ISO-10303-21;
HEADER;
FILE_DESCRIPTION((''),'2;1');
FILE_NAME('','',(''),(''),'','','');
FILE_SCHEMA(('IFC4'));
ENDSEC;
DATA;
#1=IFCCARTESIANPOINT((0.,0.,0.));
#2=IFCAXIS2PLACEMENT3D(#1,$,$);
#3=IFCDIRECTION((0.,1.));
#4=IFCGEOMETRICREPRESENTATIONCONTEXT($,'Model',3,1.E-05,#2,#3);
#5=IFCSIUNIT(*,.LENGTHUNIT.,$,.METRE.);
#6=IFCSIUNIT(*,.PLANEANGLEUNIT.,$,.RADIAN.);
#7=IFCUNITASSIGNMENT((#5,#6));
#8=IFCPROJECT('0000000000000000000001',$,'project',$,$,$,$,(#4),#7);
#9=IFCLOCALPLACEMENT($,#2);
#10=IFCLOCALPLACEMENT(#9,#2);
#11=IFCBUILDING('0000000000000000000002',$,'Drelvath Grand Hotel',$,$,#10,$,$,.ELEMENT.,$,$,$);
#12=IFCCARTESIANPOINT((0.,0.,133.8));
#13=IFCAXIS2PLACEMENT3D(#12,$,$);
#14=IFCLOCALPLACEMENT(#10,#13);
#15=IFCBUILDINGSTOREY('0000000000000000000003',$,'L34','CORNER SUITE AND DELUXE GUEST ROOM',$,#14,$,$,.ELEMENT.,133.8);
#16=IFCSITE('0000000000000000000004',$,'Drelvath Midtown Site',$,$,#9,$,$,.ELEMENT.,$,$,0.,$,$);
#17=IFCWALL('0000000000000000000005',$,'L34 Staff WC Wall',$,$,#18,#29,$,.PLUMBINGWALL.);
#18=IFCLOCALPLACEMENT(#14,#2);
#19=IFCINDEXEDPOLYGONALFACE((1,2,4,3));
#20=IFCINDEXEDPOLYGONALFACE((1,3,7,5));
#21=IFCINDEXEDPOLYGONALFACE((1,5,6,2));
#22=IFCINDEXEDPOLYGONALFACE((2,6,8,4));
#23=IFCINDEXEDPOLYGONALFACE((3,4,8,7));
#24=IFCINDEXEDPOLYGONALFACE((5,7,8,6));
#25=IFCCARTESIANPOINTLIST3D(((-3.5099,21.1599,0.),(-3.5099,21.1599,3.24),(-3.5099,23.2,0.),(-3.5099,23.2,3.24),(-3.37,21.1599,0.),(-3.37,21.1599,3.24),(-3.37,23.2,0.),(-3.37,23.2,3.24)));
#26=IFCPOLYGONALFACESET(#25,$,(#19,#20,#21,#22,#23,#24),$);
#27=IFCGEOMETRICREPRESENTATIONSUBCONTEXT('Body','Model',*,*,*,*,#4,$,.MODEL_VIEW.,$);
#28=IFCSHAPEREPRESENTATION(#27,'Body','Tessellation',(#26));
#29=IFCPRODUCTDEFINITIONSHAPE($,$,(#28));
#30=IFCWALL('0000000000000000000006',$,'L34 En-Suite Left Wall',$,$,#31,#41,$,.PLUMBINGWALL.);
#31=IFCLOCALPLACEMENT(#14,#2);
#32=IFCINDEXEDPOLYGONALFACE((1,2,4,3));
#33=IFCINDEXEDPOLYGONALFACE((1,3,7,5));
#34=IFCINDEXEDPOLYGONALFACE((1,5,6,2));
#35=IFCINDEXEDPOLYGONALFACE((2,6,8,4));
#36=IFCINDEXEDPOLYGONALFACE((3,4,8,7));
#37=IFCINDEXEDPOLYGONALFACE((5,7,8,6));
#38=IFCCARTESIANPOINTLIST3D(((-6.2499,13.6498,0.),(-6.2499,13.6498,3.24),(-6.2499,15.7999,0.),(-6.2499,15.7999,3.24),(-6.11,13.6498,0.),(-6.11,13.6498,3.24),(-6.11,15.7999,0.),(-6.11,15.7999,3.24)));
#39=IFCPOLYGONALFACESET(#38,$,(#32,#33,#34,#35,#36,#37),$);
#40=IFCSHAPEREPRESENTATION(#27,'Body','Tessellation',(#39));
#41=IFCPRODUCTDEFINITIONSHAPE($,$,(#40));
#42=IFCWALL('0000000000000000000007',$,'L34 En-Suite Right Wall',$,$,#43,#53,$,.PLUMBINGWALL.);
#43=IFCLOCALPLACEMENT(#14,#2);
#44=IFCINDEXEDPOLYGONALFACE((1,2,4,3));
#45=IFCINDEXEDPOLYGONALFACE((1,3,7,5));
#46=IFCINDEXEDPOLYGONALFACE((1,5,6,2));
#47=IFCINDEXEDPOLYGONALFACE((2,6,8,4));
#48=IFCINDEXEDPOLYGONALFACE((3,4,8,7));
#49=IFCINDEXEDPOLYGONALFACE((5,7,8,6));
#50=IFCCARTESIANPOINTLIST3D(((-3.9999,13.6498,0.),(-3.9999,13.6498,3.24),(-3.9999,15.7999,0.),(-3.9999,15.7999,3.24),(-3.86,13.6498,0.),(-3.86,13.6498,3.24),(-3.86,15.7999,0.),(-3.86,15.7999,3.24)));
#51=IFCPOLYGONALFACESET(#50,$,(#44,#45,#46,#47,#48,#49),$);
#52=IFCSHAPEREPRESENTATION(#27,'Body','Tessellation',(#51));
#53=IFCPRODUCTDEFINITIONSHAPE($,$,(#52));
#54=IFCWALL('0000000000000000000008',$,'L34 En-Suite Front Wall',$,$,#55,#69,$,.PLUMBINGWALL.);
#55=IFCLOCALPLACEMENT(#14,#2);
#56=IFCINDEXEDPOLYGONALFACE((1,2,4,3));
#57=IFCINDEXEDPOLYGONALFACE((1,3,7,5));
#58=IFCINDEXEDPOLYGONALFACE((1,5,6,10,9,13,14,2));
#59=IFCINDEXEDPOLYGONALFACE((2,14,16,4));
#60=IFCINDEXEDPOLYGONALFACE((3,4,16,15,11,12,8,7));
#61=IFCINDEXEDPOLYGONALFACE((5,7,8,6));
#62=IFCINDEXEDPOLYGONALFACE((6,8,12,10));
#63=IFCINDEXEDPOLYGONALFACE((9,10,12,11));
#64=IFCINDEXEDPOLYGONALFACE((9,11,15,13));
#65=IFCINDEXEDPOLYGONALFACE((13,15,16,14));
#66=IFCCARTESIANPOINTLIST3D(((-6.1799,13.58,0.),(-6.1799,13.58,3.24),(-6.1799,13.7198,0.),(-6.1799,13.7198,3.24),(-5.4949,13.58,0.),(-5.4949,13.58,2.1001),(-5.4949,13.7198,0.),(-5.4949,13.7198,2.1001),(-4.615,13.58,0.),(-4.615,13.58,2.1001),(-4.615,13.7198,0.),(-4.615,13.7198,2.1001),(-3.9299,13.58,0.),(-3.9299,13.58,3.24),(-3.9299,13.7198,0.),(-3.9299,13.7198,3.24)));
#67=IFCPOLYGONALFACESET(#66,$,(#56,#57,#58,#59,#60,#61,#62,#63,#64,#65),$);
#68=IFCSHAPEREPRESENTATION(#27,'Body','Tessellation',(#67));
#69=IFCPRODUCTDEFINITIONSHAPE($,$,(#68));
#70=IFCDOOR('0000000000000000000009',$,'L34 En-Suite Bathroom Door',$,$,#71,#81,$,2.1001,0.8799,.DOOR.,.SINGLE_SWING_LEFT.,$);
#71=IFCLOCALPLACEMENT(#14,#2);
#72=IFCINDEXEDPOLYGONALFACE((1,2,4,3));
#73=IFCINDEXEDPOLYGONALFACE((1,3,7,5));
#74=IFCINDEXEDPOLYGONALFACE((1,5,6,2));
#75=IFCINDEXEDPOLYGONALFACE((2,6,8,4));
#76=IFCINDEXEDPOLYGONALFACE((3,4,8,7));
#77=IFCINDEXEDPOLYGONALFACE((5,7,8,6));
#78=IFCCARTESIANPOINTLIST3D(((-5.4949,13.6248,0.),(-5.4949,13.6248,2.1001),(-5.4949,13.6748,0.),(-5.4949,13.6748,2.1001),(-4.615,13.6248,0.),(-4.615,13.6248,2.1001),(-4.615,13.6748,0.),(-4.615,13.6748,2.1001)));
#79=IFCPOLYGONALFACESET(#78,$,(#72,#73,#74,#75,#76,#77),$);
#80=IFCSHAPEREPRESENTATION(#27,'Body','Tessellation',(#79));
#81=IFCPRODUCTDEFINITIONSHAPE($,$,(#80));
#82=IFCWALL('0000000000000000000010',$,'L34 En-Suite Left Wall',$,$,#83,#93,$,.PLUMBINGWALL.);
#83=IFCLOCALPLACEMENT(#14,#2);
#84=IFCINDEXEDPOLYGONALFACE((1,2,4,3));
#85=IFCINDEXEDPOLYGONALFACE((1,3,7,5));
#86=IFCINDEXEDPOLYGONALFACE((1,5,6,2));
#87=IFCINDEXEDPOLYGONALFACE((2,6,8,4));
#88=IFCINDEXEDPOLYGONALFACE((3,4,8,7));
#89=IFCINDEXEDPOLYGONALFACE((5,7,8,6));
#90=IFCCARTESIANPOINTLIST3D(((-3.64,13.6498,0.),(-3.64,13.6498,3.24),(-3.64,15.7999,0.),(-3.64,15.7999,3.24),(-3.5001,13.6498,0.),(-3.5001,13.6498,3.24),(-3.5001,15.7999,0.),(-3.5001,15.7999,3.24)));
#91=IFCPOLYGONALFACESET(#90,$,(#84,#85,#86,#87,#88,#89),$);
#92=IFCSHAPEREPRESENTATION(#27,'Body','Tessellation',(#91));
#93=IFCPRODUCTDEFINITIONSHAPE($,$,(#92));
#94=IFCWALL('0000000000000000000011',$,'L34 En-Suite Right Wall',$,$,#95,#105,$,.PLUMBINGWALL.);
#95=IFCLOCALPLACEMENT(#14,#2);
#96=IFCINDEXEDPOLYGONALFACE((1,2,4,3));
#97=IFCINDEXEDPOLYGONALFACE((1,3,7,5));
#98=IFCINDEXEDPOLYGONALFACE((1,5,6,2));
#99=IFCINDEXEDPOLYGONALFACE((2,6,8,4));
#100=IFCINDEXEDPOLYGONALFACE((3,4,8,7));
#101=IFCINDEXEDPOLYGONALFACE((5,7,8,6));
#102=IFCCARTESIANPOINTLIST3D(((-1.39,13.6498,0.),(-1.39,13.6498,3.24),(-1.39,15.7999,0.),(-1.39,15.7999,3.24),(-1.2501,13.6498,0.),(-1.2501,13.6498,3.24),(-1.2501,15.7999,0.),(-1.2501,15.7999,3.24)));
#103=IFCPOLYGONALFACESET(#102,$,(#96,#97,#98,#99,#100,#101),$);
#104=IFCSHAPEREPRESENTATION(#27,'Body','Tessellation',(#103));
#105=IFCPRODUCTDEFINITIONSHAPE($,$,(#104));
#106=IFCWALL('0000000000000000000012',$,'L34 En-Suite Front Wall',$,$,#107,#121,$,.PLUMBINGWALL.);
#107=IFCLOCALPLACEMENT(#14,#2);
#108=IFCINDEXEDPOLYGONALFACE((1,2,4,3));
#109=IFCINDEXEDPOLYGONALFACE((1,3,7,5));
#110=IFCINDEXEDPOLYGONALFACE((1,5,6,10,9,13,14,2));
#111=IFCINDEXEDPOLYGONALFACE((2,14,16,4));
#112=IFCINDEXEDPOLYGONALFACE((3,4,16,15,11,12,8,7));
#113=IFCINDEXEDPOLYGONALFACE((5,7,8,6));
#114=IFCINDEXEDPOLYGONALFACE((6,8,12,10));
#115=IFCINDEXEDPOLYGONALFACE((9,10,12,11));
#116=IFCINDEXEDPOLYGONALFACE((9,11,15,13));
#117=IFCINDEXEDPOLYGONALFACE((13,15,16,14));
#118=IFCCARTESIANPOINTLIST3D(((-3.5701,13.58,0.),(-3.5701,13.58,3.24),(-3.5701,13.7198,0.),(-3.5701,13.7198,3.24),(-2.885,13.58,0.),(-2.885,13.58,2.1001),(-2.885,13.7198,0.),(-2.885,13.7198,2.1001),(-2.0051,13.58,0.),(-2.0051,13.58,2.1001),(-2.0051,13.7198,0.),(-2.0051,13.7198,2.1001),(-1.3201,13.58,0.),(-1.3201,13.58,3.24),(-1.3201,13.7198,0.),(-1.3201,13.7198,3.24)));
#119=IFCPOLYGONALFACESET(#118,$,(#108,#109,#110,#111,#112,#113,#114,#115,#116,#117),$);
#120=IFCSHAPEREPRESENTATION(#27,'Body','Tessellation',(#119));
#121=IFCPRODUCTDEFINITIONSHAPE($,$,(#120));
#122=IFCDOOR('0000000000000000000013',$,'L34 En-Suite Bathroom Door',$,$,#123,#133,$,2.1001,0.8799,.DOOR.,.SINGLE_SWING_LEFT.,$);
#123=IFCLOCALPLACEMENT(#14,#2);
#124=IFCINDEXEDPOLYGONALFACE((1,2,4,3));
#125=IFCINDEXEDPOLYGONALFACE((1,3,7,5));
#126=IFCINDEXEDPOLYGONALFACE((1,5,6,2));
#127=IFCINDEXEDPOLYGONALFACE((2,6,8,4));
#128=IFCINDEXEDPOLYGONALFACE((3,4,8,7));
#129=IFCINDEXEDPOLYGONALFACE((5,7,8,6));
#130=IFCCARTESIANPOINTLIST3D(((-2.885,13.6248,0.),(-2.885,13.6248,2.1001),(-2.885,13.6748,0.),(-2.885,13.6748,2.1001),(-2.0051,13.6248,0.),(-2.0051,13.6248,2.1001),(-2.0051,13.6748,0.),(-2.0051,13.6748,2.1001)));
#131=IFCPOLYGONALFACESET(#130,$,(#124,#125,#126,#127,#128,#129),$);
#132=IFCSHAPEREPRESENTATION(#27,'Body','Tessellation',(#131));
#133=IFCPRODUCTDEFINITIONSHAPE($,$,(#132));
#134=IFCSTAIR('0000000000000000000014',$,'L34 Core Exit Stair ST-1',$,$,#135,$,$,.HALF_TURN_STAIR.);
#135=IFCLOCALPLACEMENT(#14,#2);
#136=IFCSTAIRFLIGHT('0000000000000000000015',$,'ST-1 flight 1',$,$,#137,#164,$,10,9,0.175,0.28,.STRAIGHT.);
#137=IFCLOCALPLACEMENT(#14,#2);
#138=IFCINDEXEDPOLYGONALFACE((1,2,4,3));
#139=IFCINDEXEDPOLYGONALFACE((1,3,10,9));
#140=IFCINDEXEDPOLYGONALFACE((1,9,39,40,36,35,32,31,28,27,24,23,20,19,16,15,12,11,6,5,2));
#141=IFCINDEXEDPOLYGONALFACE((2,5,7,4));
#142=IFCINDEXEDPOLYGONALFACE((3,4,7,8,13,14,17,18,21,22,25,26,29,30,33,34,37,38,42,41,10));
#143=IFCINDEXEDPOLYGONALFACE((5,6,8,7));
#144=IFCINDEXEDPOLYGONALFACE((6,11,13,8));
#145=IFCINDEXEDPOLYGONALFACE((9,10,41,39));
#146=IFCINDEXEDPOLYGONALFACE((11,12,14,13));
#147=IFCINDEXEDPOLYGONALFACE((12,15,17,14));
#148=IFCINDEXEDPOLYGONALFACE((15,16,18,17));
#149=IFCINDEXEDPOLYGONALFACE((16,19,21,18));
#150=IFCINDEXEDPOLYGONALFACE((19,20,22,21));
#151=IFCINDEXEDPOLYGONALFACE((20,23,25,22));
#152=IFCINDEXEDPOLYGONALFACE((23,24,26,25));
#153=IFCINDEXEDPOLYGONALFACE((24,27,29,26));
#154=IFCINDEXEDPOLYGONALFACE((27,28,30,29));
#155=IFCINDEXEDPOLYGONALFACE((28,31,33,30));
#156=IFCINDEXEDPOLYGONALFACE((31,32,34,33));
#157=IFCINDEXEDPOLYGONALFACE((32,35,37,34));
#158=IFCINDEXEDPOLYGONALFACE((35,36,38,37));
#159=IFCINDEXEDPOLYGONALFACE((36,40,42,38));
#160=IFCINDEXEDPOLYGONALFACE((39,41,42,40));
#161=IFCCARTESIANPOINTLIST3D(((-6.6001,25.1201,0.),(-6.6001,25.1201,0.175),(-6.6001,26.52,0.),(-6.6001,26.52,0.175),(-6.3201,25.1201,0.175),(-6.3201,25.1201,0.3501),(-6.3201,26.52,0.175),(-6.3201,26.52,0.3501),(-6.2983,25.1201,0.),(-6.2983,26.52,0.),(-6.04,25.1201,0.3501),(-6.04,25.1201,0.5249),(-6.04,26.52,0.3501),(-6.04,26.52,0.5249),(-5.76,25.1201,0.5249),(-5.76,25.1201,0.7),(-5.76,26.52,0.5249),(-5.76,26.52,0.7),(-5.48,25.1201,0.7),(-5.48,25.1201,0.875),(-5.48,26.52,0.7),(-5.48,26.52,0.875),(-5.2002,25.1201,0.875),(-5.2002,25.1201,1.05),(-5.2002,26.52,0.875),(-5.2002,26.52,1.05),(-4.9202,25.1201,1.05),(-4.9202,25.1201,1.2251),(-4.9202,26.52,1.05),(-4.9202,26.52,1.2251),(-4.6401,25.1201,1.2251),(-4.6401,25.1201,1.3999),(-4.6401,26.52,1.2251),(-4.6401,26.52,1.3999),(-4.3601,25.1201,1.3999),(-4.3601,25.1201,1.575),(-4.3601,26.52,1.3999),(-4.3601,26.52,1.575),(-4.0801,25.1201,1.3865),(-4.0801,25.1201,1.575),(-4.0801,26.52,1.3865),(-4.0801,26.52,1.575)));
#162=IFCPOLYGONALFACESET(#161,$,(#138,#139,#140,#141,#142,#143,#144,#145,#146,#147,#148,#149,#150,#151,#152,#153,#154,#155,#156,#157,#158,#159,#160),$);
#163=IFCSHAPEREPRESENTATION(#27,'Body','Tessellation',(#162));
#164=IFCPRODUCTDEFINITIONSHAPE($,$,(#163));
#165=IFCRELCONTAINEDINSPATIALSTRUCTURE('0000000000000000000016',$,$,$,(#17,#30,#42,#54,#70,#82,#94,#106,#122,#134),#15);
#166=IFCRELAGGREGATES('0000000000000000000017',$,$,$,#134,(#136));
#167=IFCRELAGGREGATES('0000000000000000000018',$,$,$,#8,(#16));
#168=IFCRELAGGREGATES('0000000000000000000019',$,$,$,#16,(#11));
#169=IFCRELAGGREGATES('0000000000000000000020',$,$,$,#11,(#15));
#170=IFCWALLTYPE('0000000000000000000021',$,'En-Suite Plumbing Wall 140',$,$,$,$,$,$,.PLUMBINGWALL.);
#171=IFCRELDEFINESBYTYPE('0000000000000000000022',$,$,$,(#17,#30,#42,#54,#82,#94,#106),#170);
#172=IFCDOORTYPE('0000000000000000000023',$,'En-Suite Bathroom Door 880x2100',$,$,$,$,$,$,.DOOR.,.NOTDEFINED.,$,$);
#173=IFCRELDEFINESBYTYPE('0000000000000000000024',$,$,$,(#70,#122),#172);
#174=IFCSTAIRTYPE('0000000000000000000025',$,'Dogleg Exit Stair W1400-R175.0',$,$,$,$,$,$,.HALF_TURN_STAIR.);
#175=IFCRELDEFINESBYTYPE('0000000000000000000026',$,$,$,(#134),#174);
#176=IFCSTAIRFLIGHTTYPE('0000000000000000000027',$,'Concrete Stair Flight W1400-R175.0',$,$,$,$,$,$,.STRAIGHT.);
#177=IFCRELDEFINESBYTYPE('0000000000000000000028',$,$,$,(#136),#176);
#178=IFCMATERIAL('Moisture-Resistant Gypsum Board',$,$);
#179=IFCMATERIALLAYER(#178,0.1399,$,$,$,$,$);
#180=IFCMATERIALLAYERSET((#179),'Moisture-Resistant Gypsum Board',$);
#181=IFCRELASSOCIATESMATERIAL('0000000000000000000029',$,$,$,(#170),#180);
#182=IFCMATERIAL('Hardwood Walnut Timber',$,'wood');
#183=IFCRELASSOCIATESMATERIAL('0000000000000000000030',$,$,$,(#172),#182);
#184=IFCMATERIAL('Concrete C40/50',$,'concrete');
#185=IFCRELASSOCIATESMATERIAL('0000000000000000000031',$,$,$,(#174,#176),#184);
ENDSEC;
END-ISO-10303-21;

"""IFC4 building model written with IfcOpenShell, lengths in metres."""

from ifc_helpers import new_model, si_unit, direction, frame, frame_2d, origin, place, context, subcontext, project, spatial, polyline, rectangle, outline, extrude, material, layer, layer_set, type_object, element, fill, aggregate, save


model = new_model("IFC4")

# Units and contexts
model_context = context("Model", 3, precision=1e-05, world=origin(), true_north=direction((0.0, 1.0)))
body_context = subcontext(model_context, "Body", "Model", "MODEL_VIEW")
ifc_project = project(units=[si_unit("LENGTHUNIT", "METRE"), si_unit("PLANEANGLEUNIT", "RADIAN")], contexts=[model_context])

# Site, building, storey
site_placement = place(None, origin())
site = spatial("IfcSite", under=ifc_project, at=site_placement, Name="Drelvath Midtown Site", CompositionType="ELEMENT", RefElevation=0.0)
building_placement = place(site_placement, origin())
building = spatial("IfcBuilding", under=site, at=building_placement, Name="Drelvath Grand Hotel", CompositionType="ELEMENT")
storey_placement = place(building_placement, frame((0.0, 0.0, 133.8)))
storey = spatial("IfcBuildingStorey", under=building, at=storey_placement, Name="L34", Description="CORNER SUITE AND DELUXE GUEST ROOM", CompositionType="ELEMENT", Elevation=133.8)

# Walls
ifc_material_1 = material(Name="Moisture-Resistant Gypsum Board")
ifc_layer = layer(ifc_material_1, 0.1399)
ifc_layer_set = layer_set([ifc_layer], Name="Moisture-Resistant Gypsum Board")
wall_type = type_object("IfcWallType", Name="En-Suite Plumbing Wall 140", PredefinedType="PLUMBINGWALL", material=ifc_layer_set)
wall_1_placement = place(storey_placement, frame((-3.4399, 21.1599, 0.0), z_axis=(0.0, 0.0, 1.0), x_axis=(0.0, 1.0, 0.0)))
element("IfcWall", 1, at=wall_1_placement, inside=storey, type_object=wall_type, Name="L34 Staff WC Wall", PredefinedType="PLUMBINGWALL", context=body_context, shape_type="SweptSolid", body=[
    extrude(rectangle(XDim=2.04, YDim=0.1399, at=frame_2d((1.02, 0.0))), origin(), (0.0, 0.0, 1.0), 3.24),
])
for number, where, z_axis, x_axis, name in (
    (2, (-6.1799, 15.8, 0.0), (0.0, 0.0, 1.0), (0.0, -1.0, 0.0), "L34 En-Suite Left Wall"),
    (3, (-3.9299, 15.8, 0.0), (0.0, 0.0, 1.0), (0.0, -1.0, 0.0), "L34 En-Suite Right Wall"),
):
    element("IfcWall", number, at=place(storey_placement, frame(where, z_axis=z_axis, x_axis=x_axis)), inside=storey, type_object=wall_type, Name=name, PredefinedType="PLUMBINGWALL", context=body_context, shape_type="SweptSolid", body=[
        extrude(rectangle(XDim=2.1501, YDim=0.1399, at=frame_2d((1.0752, 0.0))), origin(), (0.0, 0.0, 1.0), 3.24),
    ])

# Wall, opening, door
wall_2_placement = place(storey_placement, frame((-6.1799, 13.6499, 0.0), z_axis=(0.0, 0.0, 1.0), x_axis=(1.0, 0.0, 0.0)))
wall_2 = element("IfcWall", 4, at=wall_2_placement, inside=storey, type_object=wall_type, Name="L34 En-Suite Front Wall", PredefinedType="PLUMBINGWALL", context=body_context, shape_type="SweptSolid", body=[
    extrude(rectangle(XDim=2.25, YDim=0.1399, at=frame_2d((1.125, 0.0))), origin(), (0.0, 0.0, 1.0), 3.24),
])
opening_1_placement = place(wall_2_placement, frame((0.6851, 0.0, 0.0)))
opening_1 = element("IfcOpeningElement", 5, at=opening_1_placement, cuts=wall_2, PredefinedType="OPENING", context=body_context, shape_type="SweptSolid", body=[
    extrude(rectangle(XDim=0.8799, YDim=2.1001, at=frame_2d((0.4399, 1.05))), frame((0.0, 0.0798, 0.0), z_axis=(0.0, -1.0, 0.0), x_axis=(1.0, 0.0, 0.0)), (0.0, 0.0, 1.0), 0.1599),
])
ifc_material_2 = material(Name="Hardwood Walnut Timber", Category="wood")
door_type = type_object("IfcDoorType", Name="En-Suite Bathroom Door 880x2100", OperationType="NOTDEFINED", PredefinedType="DOOR", material=ifc_material_2)
door_1_placement = place(opening_1_placement, origin())
door_1 = element("IfcDoor", 6, at=door_1_placement, inside=storey, type_object=door_type, Name="L34 En-Suite Bathroom Door", OperationType="SINGLE_SWING_LEFT", OverallHeight=2.1001, OverallWidth=0.8799, PredefinedType="DOOR", context=body_context, shape_type="SweptSolid", body=[
    extrude(rectangle(XDim=0.8799, YDim=2.1001, at=frame_2d((0.4399, 1.05))), frame((0.0, 0.0249, 0.0), z_axis=(0.0, -1.0, 0.0), x_axis=(1.0, 0.0, 0.0)), (0.0, 0.0, 1.0), 0.05),
])
fill(opening_1, door_1)

# Walls
for number, where, z_axis, x_axis, name in (
    (7, (-3.5701, 15.8, 0.0), (0.0, 0.0, 1.0), (0.0, -1.0, 0.0), "L34 En-Suite Left Wall"),
    (8, (-1.3201, 15.8, 0.0), (0.0, 0.0, 1.0), (0.0, -1.0, 0.0), "L34 En-Suite Right Wall"),
):
    element("IfcWall", number, at=place(storey_placement, frame(where, z_axis=z_axis, x_axis=x_axis)), inside=storey, type_object=wall_type, Name=name, PredefinedType="PLUMBINGWALL", context=body_context, shape_type="SweptSolid", body=[
        extrude(rectangle(XDim=2.1501, YDim=0.1399, at=frame_2d((1.0752, 0.0))), origin(), (0.0, 0.0, 1.0), 3.24),
    ])

# Wall, opening, door
wall_3_placement = place(storey_placement, frame((-3.5701, 13.6499, 0.0), z_axis=(0.0, 0.0, 1.0), x_axis=(1.0, 0.0, 0.0)))
wall_3 = element("IfcWall", 9, at=wall_3_placement, inside=storey, type_object=wall_type, Name="L34 En-Suite Front Wall", PredefinedType="PLUMBINGWALL", context=body_context, shape_type="SweptSolid", body=[
    extrude(rectangle(XDim=2.25, YDim=0.1399, at=frame_2d((1.125, 0.0))), origin(), (0.0, 0.0, 1.0), 3.24),
])
opening_2_placement = place(wall_3_placement, frame((0.6851, 0.0, 0.0)))
opening_2 = element("IfcOpeningElement", 10, at=opening_2_placement, cuts=wall_3, PredefinedType="OPENING", context=body_context, shape_type="SweptSolid", body=[
    extrude(rectangle(XDim=0.8799, YDim=2.1001, at=frame_2d((0.4399, 1.05))), frame((0.0, 0.0798, 0.0), z_axis=(0.0, -1.0, 0.0), x_axis=(1.0, 0.0, 0.0)), (0.0, 0.0, 1.0), 0.1599),
])
door_2_placement = place(opening_2_placement, origin())
door_2 = element("IfcDoor", 11, at=door_2_placement, inside=storey, type_object=door_type, Name="L34 En-Suite Bathroom Door", OperationType="SINGLE_SWING_LEFT", OverallHeight=2.1001, OverallWidth=0.8799, PredefinedType="DOOR", context=body_context, shape_type="SweptSolid", body=[
    extrude(rectangle(XDim=0.8799, YDim=2.1001, at=frame_2d((0.4399, 1.05))), frame((0.0, 0.0249, 0.0), z_axis=(0.0, -1.0, 0.0), x_axis=(1.0, 0.0, 0.0)), (0.0, 0.0, 1.0), 0.05),
])
fill(opening_2, door_2)

# Stair, stair flight
ifc_material_3 = material(Name="Concrete C40/50", Category="concrete")
stair_type = type_object("IfcStairType", Name="Dogleg Exit Stair W1400-R175.0", PredefinedType="HALF_TURN_STAIR", material=ifc_material_3)
stair_placement = place(storey_placement, origin())
stair = element("IfcStair", 12, at=stair_placement, inside=storey, type_object=stair_type, Name="L34 Core Exit Stair ST-1", PredefinedType="HALF_TURN_STAIR")
stair_flight_type = type_object("IfcStairFlightType", Name="Concrete Stair Flight W1400-R175.0", PredefinedType="STRAIGHT", material=ifc_material_3)
stair_flight_placement = place(storey_placement, frame((-6.6001, 25.8201, 0.0), z_axis=(0.0, 0.0, 1.0), x_axis=(1.0, 0.0, 0.0)))
stair_flight = element("IfcStairFlight", 13, at=stair_flight_placement, type_object=stair_flight_type, Name="ST-1 flight 1", NumberOfRisers=10, NumberOfTreads=9, PredefinedType="STRAIGHT", RiserHeight=0.175, TreadLength=0.28, context=body_context, shape_type="SweptSolid", body=[
    extrude(outline(polyline([(0.0, 0.0), (0.0, 0.175), (0.28, 0.175), (0.28, 0.3501), (0.5601, 0.3501), (0.5601, 0.5249), (0.8401, 0.5249), (0.8401, 0.7), (1.1201, 0.7), (1.1201, 0.875), (1.3999, 0.875), (1.3999, 1.05), (1.6799, 1.05), (1.6799, 1.2251), (1.96, 1.2251), (1.96, 1.3999), (2.24, 1.3999), (2.24, 1.575), (2.52, 1.575), (2.52, 1.75), (2.52, 1.3865), (0.3018, 0.0), (0.0, 0.0)])), frame((0.0, 0.7, 0.0), z_axis=(0.0, -1.0, 0.0), x_axis=(1.0, 0.0, 0.0)), (0.0, 0.0, 1.0), 1.3999),
])
aggregate(stair, [stair_flight])

save(model, "model.ifc")
